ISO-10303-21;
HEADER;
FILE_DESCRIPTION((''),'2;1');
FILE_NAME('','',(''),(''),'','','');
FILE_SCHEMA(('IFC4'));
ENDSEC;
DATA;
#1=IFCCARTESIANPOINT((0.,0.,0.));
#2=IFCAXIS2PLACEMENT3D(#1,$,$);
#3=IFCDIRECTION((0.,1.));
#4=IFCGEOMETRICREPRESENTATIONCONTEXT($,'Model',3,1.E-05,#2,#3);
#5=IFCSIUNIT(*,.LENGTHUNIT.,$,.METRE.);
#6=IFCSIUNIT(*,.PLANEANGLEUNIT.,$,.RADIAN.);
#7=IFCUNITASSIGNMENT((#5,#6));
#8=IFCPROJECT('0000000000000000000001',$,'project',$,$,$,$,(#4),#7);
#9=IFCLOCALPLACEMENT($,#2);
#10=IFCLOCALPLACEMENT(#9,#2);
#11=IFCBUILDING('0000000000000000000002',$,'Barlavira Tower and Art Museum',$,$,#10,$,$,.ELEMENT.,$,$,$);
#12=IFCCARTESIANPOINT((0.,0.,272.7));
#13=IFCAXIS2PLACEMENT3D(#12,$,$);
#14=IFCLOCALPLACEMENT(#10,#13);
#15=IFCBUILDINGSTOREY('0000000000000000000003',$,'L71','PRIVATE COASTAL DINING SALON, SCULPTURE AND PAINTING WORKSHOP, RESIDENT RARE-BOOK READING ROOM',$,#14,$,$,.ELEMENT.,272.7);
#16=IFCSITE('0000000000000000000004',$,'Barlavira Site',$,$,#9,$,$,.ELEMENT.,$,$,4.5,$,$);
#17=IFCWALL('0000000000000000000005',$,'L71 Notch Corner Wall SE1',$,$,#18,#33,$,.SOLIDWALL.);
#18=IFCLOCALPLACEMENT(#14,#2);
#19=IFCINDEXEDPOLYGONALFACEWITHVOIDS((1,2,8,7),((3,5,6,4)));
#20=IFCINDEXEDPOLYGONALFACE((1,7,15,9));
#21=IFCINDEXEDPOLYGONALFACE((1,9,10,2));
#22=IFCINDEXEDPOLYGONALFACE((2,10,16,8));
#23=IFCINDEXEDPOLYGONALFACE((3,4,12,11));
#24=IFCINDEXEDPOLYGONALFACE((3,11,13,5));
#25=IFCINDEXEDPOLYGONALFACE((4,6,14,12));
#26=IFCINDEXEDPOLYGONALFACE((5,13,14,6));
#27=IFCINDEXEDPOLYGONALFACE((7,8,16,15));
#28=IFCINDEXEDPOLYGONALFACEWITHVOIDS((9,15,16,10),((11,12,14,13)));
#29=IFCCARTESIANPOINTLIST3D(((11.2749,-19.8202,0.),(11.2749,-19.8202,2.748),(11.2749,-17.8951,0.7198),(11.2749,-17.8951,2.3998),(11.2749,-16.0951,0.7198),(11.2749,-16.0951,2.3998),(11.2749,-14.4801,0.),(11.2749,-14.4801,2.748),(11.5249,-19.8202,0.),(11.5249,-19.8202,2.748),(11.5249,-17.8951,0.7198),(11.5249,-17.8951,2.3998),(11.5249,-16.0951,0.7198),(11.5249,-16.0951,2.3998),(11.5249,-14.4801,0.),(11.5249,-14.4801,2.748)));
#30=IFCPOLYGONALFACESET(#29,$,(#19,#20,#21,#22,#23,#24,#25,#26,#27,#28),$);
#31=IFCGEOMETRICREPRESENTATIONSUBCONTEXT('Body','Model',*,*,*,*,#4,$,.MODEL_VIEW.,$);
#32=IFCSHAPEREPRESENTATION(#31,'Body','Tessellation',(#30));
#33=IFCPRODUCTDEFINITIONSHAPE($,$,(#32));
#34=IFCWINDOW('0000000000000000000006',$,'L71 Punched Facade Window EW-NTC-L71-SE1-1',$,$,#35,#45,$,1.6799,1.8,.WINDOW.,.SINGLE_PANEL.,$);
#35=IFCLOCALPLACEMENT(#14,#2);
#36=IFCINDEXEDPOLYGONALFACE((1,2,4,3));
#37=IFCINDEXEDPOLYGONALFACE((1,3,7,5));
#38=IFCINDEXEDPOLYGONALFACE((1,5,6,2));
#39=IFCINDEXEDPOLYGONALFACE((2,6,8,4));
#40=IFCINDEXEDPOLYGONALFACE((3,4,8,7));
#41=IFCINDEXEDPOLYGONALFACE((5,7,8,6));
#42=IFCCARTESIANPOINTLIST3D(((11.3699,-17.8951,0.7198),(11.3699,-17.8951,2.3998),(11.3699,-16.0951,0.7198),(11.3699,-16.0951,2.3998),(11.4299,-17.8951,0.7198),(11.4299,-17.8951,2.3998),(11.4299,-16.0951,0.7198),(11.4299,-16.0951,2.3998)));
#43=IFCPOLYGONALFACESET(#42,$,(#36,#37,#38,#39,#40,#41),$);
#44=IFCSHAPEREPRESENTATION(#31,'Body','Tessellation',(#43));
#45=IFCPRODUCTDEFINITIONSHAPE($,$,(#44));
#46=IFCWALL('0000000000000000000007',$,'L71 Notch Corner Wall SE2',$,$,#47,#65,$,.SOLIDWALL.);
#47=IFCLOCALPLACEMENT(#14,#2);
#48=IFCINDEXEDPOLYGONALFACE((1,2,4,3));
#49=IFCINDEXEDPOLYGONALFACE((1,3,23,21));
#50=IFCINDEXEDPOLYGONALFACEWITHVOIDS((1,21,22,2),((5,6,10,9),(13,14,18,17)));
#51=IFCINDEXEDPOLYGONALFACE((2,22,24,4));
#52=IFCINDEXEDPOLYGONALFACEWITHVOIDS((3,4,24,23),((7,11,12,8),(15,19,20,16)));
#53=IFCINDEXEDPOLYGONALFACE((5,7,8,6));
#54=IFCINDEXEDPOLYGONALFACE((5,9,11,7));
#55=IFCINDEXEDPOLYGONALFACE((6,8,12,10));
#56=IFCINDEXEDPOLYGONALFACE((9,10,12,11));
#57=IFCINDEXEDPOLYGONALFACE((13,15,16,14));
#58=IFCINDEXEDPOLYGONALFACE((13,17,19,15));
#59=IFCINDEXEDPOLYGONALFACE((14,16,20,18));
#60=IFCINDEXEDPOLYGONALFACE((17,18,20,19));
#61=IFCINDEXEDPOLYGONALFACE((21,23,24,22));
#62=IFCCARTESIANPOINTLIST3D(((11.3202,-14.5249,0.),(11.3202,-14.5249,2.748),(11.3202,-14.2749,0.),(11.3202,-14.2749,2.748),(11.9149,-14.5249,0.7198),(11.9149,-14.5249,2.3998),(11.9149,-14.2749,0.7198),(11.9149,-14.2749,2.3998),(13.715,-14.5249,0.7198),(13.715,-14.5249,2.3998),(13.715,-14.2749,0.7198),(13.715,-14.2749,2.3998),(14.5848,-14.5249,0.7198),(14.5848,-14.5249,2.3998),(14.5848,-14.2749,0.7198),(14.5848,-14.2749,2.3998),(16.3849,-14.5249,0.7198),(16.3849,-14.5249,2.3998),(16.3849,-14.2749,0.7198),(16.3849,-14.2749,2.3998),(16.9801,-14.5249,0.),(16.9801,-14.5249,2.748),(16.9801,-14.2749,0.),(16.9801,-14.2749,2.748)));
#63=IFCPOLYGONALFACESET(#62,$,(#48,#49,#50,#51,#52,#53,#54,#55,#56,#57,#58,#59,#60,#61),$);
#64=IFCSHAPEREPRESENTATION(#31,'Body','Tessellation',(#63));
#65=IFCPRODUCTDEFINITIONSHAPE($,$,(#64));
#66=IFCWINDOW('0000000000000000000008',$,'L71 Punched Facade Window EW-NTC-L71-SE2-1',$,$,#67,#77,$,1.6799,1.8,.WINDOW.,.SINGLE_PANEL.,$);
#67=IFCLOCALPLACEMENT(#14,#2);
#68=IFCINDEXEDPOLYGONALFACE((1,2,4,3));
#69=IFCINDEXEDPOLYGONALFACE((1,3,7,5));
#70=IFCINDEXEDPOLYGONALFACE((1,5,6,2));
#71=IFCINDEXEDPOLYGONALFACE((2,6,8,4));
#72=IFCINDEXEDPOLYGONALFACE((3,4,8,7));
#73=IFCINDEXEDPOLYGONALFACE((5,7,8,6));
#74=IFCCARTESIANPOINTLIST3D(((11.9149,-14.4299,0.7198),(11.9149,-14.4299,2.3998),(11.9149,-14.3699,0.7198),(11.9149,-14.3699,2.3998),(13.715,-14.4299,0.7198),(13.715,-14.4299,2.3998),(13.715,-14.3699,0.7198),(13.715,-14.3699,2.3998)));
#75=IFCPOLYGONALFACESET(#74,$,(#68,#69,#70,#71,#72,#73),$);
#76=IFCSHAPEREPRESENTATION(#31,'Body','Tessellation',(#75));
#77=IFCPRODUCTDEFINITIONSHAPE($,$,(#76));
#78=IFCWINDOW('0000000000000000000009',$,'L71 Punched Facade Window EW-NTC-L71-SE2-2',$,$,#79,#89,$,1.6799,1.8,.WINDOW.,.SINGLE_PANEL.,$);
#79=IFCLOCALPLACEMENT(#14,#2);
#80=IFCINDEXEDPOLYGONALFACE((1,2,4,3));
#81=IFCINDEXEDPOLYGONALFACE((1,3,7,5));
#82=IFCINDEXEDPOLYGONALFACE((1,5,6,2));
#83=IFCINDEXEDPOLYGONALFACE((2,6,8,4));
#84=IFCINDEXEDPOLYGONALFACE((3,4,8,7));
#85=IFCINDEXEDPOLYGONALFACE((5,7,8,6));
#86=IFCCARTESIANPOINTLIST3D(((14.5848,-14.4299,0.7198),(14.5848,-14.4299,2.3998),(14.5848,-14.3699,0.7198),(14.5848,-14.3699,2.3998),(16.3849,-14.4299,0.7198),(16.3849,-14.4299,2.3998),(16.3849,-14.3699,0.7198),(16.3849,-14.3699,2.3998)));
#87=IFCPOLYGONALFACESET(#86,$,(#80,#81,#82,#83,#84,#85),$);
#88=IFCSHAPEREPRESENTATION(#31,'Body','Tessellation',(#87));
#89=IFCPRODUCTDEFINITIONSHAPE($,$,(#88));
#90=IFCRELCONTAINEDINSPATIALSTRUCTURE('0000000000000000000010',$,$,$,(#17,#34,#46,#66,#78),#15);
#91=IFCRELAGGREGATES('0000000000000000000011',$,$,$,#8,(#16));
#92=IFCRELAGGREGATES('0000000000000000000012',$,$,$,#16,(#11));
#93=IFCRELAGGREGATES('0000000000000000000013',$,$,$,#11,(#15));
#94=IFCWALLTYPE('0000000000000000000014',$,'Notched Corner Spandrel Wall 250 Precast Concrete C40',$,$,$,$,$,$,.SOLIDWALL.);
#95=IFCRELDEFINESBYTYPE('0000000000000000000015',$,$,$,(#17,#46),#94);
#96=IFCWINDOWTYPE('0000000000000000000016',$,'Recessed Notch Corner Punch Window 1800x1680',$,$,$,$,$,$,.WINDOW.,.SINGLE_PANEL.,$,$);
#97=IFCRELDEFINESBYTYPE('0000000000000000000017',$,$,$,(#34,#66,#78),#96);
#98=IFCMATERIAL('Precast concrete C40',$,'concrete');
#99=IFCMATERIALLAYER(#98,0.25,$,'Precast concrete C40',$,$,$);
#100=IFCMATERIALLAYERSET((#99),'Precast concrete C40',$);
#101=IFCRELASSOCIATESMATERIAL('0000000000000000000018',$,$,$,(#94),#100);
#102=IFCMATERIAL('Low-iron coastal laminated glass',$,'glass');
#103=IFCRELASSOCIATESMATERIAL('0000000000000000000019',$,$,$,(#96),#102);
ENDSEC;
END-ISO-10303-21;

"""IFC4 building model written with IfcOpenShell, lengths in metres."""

from ifc_helpers import new_model, si_unit, direction, frame, frame_2d, origin, place, context, subcontext, project, spatial, rectangle, extrude, material, layer, layer_set, type_object, element, fill, save


model = new_model("IFC4")

# Units and contexts
model_context = context("Model", 3, precision=1e-05, world=origin(), true_north=direction((0.0, 1.0)))
body_context = subcontext(model_context, "Body", "Model", "MODEL_VIEW")
ifc_project = project(units=[si_unit("LENGTHUNIT", "METRE"), si_unit("PLANEANGLEUNIT", "RADIAN")], contexts=[model_context])

# Site, building, storey
site_placement = place(None, origin())
site = spatial("IfcSite", under=ifc_project, at=site_placement, Name="Barlavira Site", CompositionType="ELEMENT", RefElevation=4.5)
building_placement = place(site_placement, origin())
building = spatial("IfcBuilding", under=site, at=building_placement, Name="Barlavira Tower and Art Museum", CompositionType="ELEMENT")
storey_placement = place(building_placement, frame((0.0, 0.0, 272.7)))
storey = spatial("IfcBuildingStorey", under=building, at=storey_placement, Name="L71", Description="PRIVATE COASTAL DINING SALON, SCULPTURE AND PAINTING WORKSHOP, RESIDENT RARE-BOOK READING ROOM", CompositionType="ELEMENT", Elevation=272.7)

# Shared definitions
ifc_material_1 = material(Name="Precast concrete C40", Category="concrete")
ifc_layer_1 = layer(ifc_material_1, 0.25, Name="Precast concrete C40")
ifc_layer_set_1 = layer_set([ifc_layer_1], Name="Precast concrete C40")
wall_type_1 = type_object("IfcWallType", Name="Notched Corner Spandrel Wall 250 Precast Concrete C40", PredefinedType="SOLIDWALL", material=ifc_layer_set_1)
ifc_material_2 = material(Name="Low-iron coastal laminated glass", Category="glass")

# Wall, opening, window
window_type_1 = type_object("IfcWindowType", Name="Recessed Notch Corner Punch Window 1800x1680", PartitioningType="SINGLE_PANEL", PredefinedType="WINDOW", material=ifc_material_2)
wall_1_placement = place(storey_placement, frame((11.3999, -19.8201, 0.0), z_axis=(0.0, 0.0, 1.0), x_axis=(0.0, 1.0, 0.0)))
wall_1 = element("IfcWall", 1, at=wall_1_placement, inside=storey, type_object=wall_type_1, Name="L71 Notch Corner Wall SE1", PredefinedType="SOLIDWALL", context=body_context, shape_type="SweptSolid", body=[
    extrude(rectangle(XDim=5.3401, YDim=0.25, at=frame_2d((2.6699, 0.0))), origin(), (0.0, 0.0, 1.0), 2.748),
])
opening_1_placement = place(wall_1_placement, frame((1.925, 0.0, 0.72)))
opening_1 = element("IfcOpeningElement", 2, at=opening_1_placement, cuts=wall_1, PredefinedType="OPENING", context=body_context, shape_type="SweptSolid", body=[
    extrude(rectangle(XDim=1.8, YDim=1.6799, at=frame_2d((0.8999, 0.8398))), frame((0.0, 0.135, 0.0), z_axis=(0.0, -1.0, 0.0), x_axis=(1.0, 0.0, 0.0)), (0.0, 0.0, 1.0), 0.27),
])
window_1_placement = place(opening_1_placement, origin())
window_1 = element("IfcWindow", 3, at=window_1_placement, inside=storey, type_object=window_type_1, Name="L71 Punched Facade Window EW-NTC-L71-SE1-1", OverallHeight=1.6799, OverallWidth=1.8, PartitioningType="SINGLE_PANEL", PredefinedType="WINDOW", context=body_context, shape_type="SweptSolid", body=[
    extrude(rectangle(XDim=1.8, YDim=1.6799, at=frame_2d((0.8999, 0.8398))), frame((0.0, 0.03, 0.0), z_axis=(0.0, -1.0, 0.0), x_axis=(1.0, 0.0, 0.0)), (0.0, 0.0, 1.0), 0.0601),
])
fill(opening_1, window_1)

# Wall, openings, windows
wall_2_placement = place(storey_placement, frame((11.3201, -14.3999, 0.0), z_axis=(0.0, 0.0, 1.0), x_axis=(1.0, 0.0, 0.0)))
wall_2 = element("IfcWall", 4, at=wall_2_placement, inside=storey, type_object=wall_type_1, Name="L71 Notch Corner Wall SE2", PredefinedType="SOLIDWALL", context=body_context, shape_type="SweptSolid", body=[
    extrude(rectangle(XDim=5.6599, YDim=0.25, at=frame_2d((2.8301, 0.0))), origin(), (0.0, 0.0, 1.0), 2.748),
])
opening_2_placement = place(wall_2_placement, frame((0.595, 0.0, 0.72)))
opening_2 = element("IfcOpeningElement", 5, at=opening_2_placement, cuts=wall_2, PredefinedType="OPENING", context=body_context, shape_type="SweptSolid", body=[
    extrude(rectangle(XDim=1.8, YDim=1.6799, at=frame_2d((0.8999, 0.8398))), frame((0.0, 0.135, 0.0), z_axis=(0.0, -1.0, 0.0), x_axis=(1.0, 0.0, 0.0)), (0.0, 0.0, 1.0), 0.27),
])
opening_3_placement = place(wall_2_placement, frame((3.2649, 0.0, 0.72)))
opening_3 = element("IfcOpeningElement", 6, at=opening_3_placement, cuts=wall_2, PredefinedType="OPENING", context=body_context, shape_type="SweptSolid", body=[
    extrude(rectangle(XDim=1.8, YDim=1.6799, at=frame_2d((0.8999, 0.8398))), frame((0.0, 0.135, 0.0), z_axis=(0.0, -1.0, 0.0), x_axis=(1.0, 0.0, 0.0)), (0.0, 0.0, 1.0), 0.27),
])
window_2_placement = place(opening_2_placement, origin())
window_2 = element("IfcWindow", 7, at=window_2_placement, inside=storey, type_object=window_type_1, Name="L71 Punched Facade Window EW-NTC-L71-SE2-1", OverallHeight=1.6799, OverallWidth=1.8, PartitioningType="SINGLE_PANEL", PredefinedType="WINDOW", context=body_context, shape_type="SweptSolid", body=[
    extrude(rectangle(XDim=1.8, YDim=1.6799, at=frame_2d((0.8999, 0.8398))), frame((0.0, 0.03, 0.0), z_axis=(0.0, -1.0, 0.0), x_axis=(1.0, 0.0, 0.0)), (0.0, 0.0, 1.0), 0.0601),
])
fill(opening_2, window_2)
window_3_placement = place(opening_3_placement, origin())
window_3 = element("IfcWindow", 8, at=window_3_placement, inside=storey, type_object=window_type_1, Name="L71 Punched Facade Window EW-NTC-L71-SE2-2", OverallHeight=1.6799, OverallWidth=1.8, PartitioningType="SINGLE_PANEL", PredefinedType="WINDOW", context=body_context, shape_type="SweptSolid", body=[
    extrude(rectangle(XDim=1.8, YDim=1.6799, at=frame_2d((0.8999, 0.8398))), frame((0.0, 0.03, 0.0), z_axis=(0.0, -1.0, 0.0), x_axis=(1.0, 0.0, 0.0)), (0.0, 0.0, 1.0), 0.0601),
])
fill(opening_3, window_3)

save(model, "model.ifc")
